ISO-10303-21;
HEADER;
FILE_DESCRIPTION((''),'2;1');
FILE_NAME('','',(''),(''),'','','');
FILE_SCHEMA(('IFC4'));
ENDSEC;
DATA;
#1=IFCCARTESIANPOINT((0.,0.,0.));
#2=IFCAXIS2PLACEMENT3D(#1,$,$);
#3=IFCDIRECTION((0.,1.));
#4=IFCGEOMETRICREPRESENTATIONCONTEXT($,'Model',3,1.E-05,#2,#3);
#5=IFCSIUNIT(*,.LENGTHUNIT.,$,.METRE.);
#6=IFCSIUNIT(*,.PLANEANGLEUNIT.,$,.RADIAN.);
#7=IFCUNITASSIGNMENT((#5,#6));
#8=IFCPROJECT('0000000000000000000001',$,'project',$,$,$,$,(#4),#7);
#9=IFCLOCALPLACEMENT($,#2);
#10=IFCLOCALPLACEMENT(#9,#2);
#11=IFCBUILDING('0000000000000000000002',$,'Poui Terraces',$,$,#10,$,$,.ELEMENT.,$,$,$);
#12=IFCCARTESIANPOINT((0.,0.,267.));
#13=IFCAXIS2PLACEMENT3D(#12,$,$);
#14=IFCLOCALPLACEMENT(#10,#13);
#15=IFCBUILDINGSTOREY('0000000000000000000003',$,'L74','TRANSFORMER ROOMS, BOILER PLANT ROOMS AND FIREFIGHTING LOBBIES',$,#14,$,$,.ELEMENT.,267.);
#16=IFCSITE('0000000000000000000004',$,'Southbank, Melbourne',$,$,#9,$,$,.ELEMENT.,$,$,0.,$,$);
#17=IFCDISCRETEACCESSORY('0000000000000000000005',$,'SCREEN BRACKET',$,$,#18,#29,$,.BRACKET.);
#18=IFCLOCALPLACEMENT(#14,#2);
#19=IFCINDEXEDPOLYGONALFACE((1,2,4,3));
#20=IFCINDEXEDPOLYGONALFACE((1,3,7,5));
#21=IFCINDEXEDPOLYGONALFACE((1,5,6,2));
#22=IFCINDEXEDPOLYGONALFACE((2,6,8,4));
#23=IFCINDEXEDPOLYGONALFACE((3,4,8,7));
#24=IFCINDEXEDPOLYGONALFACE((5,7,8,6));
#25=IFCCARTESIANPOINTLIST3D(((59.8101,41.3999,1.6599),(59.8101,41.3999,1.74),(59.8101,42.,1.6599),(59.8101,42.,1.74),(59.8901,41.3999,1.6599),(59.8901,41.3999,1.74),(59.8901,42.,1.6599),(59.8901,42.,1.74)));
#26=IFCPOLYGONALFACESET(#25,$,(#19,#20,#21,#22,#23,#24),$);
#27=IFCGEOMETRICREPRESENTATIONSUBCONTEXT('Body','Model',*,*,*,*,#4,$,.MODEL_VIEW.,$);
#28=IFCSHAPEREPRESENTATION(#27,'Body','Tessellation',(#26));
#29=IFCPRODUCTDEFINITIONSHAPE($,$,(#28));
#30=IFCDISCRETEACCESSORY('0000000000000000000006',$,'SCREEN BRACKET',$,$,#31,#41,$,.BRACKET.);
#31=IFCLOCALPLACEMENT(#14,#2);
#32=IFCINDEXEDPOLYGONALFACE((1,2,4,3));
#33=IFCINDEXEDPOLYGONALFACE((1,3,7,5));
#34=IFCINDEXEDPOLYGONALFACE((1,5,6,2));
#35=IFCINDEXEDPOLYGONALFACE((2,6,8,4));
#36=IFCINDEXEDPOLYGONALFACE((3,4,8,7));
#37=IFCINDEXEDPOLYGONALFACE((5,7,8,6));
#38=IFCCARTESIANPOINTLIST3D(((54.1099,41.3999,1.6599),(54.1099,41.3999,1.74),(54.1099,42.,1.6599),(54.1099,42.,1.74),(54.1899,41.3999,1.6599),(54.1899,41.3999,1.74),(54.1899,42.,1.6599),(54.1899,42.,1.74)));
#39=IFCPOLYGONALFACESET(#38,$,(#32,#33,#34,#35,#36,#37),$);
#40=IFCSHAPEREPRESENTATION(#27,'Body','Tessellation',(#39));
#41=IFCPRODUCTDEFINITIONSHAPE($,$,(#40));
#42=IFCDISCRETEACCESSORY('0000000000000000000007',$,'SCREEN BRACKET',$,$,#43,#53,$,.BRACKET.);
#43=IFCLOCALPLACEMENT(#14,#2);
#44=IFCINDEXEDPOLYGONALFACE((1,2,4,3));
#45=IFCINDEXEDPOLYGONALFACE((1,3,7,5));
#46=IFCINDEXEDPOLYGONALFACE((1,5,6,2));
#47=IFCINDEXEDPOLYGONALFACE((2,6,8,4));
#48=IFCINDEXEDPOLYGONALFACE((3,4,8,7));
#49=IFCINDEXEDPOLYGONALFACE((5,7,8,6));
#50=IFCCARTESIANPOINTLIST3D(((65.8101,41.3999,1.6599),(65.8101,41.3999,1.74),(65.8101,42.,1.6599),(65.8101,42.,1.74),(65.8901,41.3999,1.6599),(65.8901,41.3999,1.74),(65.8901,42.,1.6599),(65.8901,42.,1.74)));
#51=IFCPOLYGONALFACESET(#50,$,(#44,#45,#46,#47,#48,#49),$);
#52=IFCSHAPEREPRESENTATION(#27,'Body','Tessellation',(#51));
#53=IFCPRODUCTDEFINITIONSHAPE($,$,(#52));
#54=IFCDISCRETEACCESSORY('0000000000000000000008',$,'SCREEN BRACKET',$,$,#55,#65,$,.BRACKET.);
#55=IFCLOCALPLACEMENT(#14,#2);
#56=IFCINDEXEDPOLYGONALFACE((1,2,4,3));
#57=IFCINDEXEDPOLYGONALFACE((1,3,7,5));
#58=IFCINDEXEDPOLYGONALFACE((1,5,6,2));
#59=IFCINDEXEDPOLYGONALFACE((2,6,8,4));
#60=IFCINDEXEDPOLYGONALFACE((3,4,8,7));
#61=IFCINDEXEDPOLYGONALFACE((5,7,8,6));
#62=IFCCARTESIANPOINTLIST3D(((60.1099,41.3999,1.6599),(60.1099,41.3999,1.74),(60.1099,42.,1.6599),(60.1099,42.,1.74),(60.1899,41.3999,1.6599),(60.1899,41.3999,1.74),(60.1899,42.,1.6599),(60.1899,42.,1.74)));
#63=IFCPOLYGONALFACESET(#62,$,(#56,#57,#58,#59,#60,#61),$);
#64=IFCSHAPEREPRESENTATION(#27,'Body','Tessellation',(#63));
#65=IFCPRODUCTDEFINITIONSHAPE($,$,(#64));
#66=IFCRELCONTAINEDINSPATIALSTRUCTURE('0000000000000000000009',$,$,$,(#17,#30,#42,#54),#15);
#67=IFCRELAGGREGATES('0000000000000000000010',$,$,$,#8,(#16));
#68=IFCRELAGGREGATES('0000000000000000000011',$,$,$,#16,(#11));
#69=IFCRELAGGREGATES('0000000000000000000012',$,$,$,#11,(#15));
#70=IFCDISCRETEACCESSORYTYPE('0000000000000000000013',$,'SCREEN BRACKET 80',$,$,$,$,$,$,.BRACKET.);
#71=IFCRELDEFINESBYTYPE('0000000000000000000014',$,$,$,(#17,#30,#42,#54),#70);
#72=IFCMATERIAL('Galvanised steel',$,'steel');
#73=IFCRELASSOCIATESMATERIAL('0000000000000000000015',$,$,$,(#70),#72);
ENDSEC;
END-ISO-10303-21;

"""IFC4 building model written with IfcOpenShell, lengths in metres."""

from ifc_helpers import new_model, si_unit, direction, frame, origin, origin_2d, place, context, subcontext, project, spatial, rectangle, extrude, source, transform, mapped, material, material_profile, profile_set, type_object, element, save


model = new_model("IFC4")

# Units and contexts
model_context = context("Model", 3, precision=1e-05, world=origin(), true_north=direction((0.0, 1.0)))
body_context = subcontext(model_context, "Body", "Model", "MODEL_VIEW")
ifc_project = project(units=[si_unit("LENGTHUNIT", "METRE"), si_unit("PLANEANGLEUNIT", "RADIAN")], contexts=[model_context])

# Site, building, storey
site_placement = place(None, origin())
site = spatial("IfcSite", under=ifc_project, at=site_placement, Name="Southbank, Melbourne", CompositionType="ELEMENT", RefElevation=0.0)
building_placement = place(site_placement, origin())
building = spatial("IfcBuilding", under=site, at=building_placement, Name="Poui Terraces", CompositionType="ELEMENT")
storey_placement = place(building_placement, frame((0.0, 0.0, 267.0)))
storey = spatial("IfcBuildingStorey", under=building, at=storey_placement, Name="L74", Description="TRANSFORMER ROOMS, BOILER PLANT ROOMS AND FIREFIGHTING LOBBIES", CompositionType="ELEMENT", Elevation=267.0)

# Discrete accessories
ifc_material_1 = material(Name="Galvanised steel", Category="steel")
ifc_material_profile_1 = material_profile(ifc_material_1, rectangle(XDim=0.0801, YDim=0.0801, at=origin_2d()), Name="SCREEN BRACKET 80")
ifc_profile_set_1 = profile_set([ifc_material_profile_1], Name="Galvanised steel")
discrete_accessory_type = type_object("IfcDiscreteAccessoryType", Name="SCREEN BRACKET 80", PredefinedType="BRACKET", material=ifc_profile_set_1)
shared_shape_1 = source(origin(), body_context, "Body", "SweptSolid", [
    extrude(rectangle(XDim=0.0801, YDim=0.0801, at=origin_2d()), origin(), (0.0, 0.0, 1.0), 0.6001),
])
for number, where, z_axis, x_axis, name in (
    (1, (59.8501, 41.3999, 1.7), (0.0, 1.0, 0.0), (-1.0, 0.0, 0.0), "SCREEN BRACKET"),
    (2, (54.1499, 41.3999, 1.7), (0.0, 1.0, 0.0), (-1.0, 0.0, 0.0), "SCREEN BRACKET"),
    (3, (65.8501, 41.3999, 1.7), (0.0, 1.0, 0.0), (-1.0, 0.0, 0.0), "SCREEN BRACKET"),
    (4, (60.1499, 41.3999, 1.7), (0.0, 1.0, 0.0), (-1.0, 0.0, 0.0), "SCREEN BRACKET"),
):
    element("IfcDiscreteAccessory", number, at=place(storey_placement, frame(where, z_axis=z_axis, x_axis=x_axis)), inside=storey, type_object=discrete_accessory_type, Name=name, PredefinedType="BRACKET", context=body_context, shape_type="MappedRepresentation", body=[
        mapped(shared_shape_1, transform((0.0, 0.0, 0.0))),
    ])

save(model, "model.ifc")
